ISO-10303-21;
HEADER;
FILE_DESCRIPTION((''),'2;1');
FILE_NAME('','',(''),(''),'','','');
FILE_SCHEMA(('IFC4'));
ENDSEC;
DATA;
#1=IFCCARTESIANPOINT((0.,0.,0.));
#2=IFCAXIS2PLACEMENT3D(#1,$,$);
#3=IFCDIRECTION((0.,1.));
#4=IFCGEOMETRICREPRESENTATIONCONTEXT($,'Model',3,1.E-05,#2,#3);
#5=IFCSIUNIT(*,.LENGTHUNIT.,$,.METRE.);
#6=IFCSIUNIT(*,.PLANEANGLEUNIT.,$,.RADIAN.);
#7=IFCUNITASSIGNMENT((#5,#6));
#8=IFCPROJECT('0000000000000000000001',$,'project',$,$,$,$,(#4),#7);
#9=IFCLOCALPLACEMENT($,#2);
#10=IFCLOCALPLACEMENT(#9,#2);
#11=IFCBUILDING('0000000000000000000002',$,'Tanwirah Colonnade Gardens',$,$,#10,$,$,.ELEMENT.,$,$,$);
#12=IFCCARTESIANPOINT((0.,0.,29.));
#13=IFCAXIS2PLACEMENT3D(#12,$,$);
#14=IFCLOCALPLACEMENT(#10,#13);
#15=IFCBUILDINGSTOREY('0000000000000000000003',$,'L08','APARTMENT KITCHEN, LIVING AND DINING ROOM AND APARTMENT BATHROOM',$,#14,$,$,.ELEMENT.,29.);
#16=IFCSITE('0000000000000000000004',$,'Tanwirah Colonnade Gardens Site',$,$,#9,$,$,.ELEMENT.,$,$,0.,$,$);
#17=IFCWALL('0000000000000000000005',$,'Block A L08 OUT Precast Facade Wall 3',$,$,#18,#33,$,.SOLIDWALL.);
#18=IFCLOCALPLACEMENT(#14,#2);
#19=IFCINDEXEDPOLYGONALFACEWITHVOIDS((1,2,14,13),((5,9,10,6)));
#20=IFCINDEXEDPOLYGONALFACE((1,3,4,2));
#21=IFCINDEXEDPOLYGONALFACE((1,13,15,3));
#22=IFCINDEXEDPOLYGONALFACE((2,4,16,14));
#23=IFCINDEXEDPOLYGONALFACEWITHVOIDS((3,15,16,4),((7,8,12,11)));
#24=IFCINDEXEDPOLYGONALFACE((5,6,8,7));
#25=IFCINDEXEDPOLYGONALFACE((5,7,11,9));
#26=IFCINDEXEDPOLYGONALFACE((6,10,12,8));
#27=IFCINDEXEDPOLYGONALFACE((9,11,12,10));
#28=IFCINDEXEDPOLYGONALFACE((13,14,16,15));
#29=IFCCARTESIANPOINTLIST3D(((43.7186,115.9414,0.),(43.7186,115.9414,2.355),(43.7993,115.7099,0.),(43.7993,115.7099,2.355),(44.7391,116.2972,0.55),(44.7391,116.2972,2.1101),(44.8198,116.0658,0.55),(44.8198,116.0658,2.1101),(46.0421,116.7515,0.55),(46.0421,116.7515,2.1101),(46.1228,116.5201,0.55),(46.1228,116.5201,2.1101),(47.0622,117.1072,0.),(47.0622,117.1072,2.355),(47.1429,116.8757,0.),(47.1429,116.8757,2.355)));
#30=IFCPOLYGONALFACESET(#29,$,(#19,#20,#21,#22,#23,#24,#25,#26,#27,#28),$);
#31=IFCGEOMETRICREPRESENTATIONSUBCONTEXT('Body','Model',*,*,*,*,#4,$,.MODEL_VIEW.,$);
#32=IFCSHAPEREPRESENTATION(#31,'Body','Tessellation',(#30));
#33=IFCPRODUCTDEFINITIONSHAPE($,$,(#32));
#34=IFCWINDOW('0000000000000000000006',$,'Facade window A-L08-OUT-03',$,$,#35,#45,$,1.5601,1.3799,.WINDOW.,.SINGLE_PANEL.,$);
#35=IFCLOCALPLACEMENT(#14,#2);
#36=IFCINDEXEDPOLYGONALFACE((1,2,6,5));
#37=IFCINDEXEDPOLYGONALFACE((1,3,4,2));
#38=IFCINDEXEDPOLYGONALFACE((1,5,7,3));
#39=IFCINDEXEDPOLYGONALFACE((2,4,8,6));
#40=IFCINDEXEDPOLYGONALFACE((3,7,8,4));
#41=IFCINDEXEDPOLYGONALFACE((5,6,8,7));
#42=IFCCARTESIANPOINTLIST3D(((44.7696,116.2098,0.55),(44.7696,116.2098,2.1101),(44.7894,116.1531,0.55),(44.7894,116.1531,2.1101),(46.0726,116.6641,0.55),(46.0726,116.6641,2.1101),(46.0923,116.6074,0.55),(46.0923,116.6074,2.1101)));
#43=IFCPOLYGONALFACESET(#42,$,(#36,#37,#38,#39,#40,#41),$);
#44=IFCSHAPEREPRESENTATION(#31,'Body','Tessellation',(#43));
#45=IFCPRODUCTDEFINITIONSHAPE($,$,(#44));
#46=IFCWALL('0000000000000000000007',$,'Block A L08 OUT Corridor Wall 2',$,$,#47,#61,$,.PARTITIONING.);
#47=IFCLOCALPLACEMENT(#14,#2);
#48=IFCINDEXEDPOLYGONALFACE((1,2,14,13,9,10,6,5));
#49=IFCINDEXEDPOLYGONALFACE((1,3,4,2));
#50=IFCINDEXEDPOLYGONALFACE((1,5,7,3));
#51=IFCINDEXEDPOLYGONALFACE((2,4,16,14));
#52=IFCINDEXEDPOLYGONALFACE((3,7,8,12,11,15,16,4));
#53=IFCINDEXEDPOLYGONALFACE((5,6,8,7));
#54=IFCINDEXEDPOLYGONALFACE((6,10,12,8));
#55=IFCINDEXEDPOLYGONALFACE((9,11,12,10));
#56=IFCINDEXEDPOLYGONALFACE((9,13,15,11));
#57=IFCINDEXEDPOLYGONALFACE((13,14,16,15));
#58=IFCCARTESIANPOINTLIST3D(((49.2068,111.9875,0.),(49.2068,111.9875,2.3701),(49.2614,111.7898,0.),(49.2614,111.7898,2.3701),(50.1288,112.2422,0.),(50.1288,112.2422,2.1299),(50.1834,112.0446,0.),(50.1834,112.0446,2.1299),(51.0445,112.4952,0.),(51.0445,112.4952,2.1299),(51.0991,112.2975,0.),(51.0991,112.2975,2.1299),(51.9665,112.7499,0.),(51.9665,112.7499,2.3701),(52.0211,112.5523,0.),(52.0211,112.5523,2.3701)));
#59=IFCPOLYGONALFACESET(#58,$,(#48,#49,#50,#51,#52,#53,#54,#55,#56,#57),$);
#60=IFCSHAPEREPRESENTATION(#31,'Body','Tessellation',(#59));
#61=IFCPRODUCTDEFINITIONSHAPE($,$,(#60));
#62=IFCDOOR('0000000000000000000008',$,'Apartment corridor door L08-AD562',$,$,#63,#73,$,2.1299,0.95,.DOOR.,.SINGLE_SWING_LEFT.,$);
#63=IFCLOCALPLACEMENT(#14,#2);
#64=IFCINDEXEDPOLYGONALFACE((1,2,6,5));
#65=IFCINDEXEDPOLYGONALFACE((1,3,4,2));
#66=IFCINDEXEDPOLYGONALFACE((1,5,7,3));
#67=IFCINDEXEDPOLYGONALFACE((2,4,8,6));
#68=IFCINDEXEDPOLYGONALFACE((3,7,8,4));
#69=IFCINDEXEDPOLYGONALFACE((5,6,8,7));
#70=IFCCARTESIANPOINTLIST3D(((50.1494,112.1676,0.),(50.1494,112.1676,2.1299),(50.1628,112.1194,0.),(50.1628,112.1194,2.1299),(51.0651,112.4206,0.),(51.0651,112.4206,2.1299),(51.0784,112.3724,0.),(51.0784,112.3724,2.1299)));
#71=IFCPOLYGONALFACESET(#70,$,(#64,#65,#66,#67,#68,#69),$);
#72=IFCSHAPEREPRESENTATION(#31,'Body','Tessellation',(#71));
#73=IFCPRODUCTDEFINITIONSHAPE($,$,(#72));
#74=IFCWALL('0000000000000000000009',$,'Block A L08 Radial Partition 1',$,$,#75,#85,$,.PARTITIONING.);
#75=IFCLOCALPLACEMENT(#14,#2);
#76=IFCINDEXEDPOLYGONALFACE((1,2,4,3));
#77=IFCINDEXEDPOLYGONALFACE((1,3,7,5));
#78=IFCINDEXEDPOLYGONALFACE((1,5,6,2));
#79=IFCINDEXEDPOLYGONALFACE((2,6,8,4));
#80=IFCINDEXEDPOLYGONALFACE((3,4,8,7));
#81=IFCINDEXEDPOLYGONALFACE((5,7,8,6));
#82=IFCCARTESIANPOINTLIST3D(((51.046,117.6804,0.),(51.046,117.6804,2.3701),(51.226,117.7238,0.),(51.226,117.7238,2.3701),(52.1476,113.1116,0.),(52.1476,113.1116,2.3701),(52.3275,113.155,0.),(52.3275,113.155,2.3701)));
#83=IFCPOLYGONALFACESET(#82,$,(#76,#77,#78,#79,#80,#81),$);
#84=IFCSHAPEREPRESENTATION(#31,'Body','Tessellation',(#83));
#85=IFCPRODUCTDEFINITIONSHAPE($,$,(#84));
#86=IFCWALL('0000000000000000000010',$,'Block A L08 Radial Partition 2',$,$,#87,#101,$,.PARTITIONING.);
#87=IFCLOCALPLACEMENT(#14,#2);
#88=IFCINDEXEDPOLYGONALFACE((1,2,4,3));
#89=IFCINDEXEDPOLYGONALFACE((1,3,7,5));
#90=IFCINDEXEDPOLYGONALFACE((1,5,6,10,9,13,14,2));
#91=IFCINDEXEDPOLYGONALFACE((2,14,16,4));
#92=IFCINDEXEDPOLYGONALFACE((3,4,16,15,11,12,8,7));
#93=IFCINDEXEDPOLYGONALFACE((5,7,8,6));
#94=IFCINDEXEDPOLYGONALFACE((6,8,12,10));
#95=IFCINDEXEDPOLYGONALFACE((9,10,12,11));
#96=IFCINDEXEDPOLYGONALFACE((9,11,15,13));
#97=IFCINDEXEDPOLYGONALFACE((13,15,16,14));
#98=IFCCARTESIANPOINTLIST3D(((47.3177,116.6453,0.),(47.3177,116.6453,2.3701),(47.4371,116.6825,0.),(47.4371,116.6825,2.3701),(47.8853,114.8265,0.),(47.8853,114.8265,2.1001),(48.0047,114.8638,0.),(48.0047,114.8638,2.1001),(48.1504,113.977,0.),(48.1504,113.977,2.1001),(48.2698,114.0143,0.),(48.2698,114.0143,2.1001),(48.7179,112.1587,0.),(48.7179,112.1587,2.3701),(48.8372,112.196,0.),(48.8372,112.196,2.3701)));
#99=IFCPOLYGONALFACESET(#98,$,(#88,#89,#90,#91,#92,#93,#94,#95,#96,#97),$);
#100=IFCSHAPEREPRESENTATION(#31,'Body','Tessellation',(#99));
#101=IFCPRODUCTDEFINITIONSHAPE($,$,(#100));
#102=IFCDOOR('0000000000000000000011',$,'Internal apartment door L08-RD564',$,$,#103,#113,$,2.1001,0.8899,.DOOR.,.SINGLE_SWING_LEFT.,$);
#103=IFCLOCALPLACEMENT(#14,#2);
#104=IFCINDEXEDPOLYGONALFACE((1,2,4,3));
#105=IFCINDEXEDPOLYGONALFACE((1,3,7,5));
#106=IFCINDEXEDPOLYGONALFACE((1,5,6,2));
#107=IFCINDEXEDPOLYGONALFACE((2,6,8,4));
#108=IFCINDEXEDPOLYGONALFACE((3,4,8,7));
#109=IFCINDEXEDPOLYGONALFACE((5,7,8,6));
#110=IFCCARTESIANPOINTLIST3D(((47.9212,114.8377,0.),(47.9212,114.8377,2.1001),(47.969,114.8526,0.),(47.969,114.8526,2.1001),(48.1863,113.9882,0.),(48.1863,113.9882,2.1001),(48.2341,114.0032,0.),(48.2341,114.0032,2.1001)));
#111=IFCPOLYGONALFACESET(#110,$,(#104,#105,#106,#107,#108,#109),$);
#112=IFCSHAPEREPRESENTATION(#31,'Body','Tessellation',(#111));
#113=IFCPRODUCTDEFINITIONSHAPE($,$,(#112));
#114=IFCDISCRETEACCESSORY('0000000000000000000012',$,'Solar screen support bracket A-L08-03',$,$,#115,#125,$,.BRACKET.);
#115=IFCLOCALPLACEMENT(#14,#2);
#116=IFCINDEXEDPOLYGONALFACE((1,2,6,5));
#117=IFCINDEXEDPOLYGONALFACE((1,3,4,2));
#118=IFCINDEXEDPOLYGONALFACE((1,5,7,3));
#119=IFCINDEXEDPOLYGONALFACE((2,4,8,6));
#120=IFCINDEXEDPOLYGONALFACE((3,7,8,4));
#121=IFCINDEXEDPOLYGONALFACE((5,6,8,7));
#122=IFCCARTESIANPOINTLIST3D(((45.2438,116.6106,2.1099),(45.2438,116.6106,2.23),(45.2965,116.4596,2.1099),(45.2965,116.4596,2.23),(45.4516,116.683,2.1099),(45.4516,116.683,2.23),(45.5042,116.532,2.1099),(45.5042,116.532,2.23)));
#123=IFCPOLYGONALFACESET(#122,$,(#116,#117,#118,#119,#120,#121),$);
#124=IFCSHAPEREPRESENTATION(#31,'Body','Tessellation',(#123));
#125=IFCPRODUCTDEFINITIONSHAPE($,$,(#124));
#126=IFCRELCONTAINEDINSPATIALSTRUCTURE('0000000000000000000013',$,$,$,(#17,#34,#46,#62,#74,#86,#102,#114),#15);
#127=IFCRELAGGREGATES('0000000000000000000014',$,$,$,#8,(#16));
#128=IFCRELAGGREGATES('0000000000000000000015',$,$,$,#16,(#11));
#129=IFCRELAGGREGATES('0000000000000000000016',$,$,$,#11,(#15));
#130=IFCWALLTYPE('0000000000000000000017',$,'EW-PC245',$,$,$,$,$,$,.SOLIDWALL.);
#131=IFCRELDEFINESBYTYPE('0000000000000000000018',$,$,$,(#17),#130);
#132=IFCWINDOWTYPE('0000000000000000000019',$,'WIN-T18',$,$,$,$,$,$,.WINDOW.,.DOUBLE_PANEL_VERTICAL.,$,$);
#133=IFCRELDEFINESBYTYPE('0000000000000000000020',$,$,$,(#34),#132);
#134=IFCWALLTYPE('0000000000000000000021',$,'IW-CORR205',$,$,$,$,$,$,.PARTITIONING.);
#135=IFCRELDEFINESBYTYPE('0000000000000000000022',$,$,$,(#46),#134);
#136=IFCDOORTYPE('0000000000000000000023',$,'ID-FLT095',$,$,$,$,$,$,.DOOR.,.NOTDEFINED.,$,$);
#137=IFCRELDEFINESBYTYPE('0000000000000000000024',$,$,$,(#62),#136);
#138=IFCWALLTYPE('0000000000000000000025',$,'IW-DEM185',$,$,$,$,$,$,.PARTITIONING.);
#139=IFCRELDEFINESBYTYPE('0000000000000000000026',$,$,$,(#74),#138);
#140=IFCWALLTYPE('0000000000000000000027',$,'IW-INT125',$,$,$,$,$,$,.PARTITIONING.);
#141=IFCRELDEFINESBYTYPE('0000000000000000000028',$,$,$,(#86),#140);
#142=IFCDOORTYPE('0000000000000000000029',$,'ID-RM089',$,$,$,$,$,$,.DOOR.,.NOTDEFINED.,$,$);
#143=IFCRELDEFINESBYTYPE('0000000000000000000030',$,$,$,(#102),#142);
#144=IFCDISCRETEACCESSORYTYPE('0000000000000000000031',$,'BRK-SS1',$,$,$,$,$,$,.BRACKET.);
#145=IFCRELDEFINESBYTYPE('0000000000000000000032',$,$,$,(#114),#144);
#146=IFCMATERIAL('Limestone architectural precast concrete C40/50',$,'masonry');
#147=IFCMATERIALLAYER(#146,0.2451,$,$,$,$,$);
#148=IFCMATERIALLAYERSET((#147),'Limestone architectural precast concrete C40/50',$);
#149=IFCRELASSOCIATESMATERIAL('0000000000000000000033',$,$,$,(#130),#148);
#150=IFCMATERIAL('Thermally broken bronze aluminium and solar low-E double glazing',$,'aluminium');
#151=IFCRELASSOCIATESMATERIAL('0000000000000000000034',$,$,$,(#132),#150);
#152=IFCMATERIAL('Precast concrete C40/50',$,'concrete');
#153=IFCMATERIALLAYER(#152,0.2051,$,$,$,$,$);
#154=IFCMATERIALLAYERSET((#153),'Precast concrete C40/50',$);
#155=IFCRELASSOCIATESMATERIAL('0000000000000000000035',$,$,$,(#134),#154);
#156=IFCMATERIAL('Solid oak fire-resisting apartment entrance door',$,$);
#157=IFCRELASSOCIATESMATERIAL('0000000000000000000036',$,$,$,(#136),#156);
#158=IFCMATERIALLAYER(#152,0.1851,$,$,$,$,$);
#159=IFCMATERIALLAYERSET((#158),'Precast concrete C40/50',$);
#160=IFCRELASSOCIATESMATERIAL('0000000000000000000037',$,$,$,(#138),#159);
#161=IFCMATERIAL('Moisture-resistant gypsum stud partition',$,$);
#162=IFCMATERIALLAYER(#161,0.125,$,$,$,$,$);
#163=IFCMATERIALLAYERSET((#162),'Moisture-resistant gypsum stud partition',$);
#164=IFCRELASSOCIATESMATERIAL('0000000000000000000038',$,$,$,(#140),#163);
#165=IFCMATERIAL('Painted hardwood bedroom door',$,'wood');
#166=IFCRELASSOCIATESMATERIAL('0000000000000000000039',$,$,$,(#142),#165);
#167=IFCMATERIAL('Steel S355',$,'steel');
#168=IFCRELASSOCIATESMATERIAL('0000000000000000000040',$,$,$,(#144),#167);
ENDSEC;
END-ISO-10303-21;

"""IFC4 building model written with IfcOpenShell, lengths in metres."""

from ifc_helpers import new_model, si_unit, direction, frame, frame_2d, origin, origin_2d, place, context, subcontext, project, spatial, rectangle, extrude, material, layer, layer_set, type_object, element, fill, save


model = new_model("IFC4")

# Units and contexts
model_context = context("Model", 3, precision=1e-05, world=origin(), true_north=direction((0.0, 1.0)))
body_context = subcontext(model_context, "Body", "Model", "MODEL_VIEW")
ifc_project = project(units=[si_unit("LENGTHUNIT", "METRE"), si_unit("PLANEANGLEUNIT", "RADIAN")], contexts=[model_context])

# Site, building, storey
site_placement = place(None, origin())
site = spatial("IfcSite", under=ifc_project, at=site_placement, Name="Tanwirah Colonnade Gardens Site", CompositionType="ELEMENT", RefElevation=0.0)
building_placement = place(site_placement, origin())
building = spatial("IfcBuilding", under=site, at=building_placement, Name="Tanwirah Colonnade Gardens", CompositionType="ELEMENT")
storey_placement = place(building_placement, frame((0.0, 0.0, 29.0)))
storey = spatial("IfcBuildingStorey", under=building, at=storey_placement, Name="L08", Description="APARTMENT KITCHEN, LIVING AND DINING ROOM AND APARTMENT BATHROOM", CompositionType="ELEMENT", Elevation=29.0)

# Shared definitions
ifc_material_1 = material(Name="Precast concrete C40/50", Category="concrete")

# Shared definitions
ifc_material_2 = material(Name="Limestone architectural precast concrete C40/50", Category="masonry")
ifc_layer_1 = layer(ifc_material_2, 0.2451)
ifc_layer_set_1 = layer_set([ifc_layer_1], Name="Limestone architectural precast concrete C40/50")
wall_type_1 = type_object("IfcWallType", Name="EW-PC245", PredefinedType="SOLIDWALL", material=ifc_layer_set_1)

# Wall, opening, window
wall_1_placement = place(storey_placement, frame((47.1025, 116.9915, 0.0), z_axis=(0.0, 0.0, 1.0), x_axis=(-0.94425, -0.329229, 0.0)))
wall_1 = element("IfcWall", 1, at=wall_1_placement, inside=storey, type_object=wall_type_1, Name="Block A L08 OUT Precast Facade Wall 3", PredefinedType="SOLIDWALL", context=body_context, shape_type="SweptSolid", body=[
    extrude(rectangle(XDim=3.541, YDim=0.2451, at=frame_2d((1.7705, 0.0))), origin(), (0.0, 0.0, 1.0), 2.355),
])
opening_1_placement = place(wall_1_placement, frame((1.0803, 0.0, 0.55)))
opening_1 = element("IfcOpeningElement", 2, at=opening_1_placement, cuts=wall_1, PredefinedType="OPENING", context=body_context, shape_type="SweptSolid", body=[
    extrude(rectangle(XDim=1.3799, YDim=1.5601, at=frame_2d((0.6899, 0.78))), frame((0.0, 0.1326, 0.0), z_axis=(0.0, -1.0, 0.0), x_axis=(1.0, 0.0, 0.0)), (0.0, 0.0, 1.0), 0.2651),
])
ifc_material_3 = material(Name="Thermally broken bronze aluminium and solar low-E double glazing", Category="aluminium")
window_type = type_object("IfcWindowType", Name="WIN-T18", PartitioningType="DOUBLE_PANEL_VERTICAL", PredefinedType="WINDOW", material=ifc_material_3)
window_placement = place(opening_1_placement, origin())
window = element("IfcWindow", 3, at=window_placement, inside=storey, type_object=window_type, Name="Facade window A-L08-OUT-03", OverallHeight=1.5601, OverallWidth=1.3799, PartitioningType="SINGLE_PANEL", PredefinedType="WINDOW", context=body_context, shape_type="SweptSolid", body=[
    extrude(rectangle(XDim=1.3799, YDim=1.5601, at=frame_2d((0.6899, 0.78))), frame((0.0, 0.03, 0.0), z_axis=(0.0, -1.0, 0.0), x_axis=(1.0, 0.0, 0.0)), (0.0, 0.0, 1.0), 0.0601),
])
fill(opening_1, window)

# Wall, opening, door
ifc_layer_2 = layer(ifc_material_1, 0.2051)
ifc_layer_set_2 = layer_set([ifc_layer_2], Name="Precast concrete C40/50")
wall_type_2 = type_object("IfcWallType", Name="IW-CORR205", PredefinedType="PARTITIONING", material=ifc_layer_set_2)
wall_2_placement = place(storey_placement, frame((51.9939, 112.6511, 0.0), z_axis=(0.0, 0.0, 1.0), x_axis=(-0.963891, -0.266298, 0.0)))
wall_2 = element("IfcWall", 4, at=wall_2_placement, inside=storey, type_object=wall_type_2, Name="Block A L08 OUT Corridor Wall 2", PredefinedType="PARTITIONING", context=body_context, shape_type="SweptSolid", body=[
    extrude(rectangle(XDim=2.863, YDim=0.2051, at=frame_2d((1.4316, 0.0))), origin(), (0.0, 0.0, 1.0), 2.3701),
])
opening_2_placement = place(wall_2_placement, frame((0.9565, 0.0, 0.0)))
opening_2 = element("IfcOpeningElement", 5, at=opening_2_placement, cuts=wall_2, PredefinedType="OPENING", context=body_context, shape_type="SweptSolid", body=[
    extrude(rectangle(XDim=0.95, YDim=2.1299, at=frame_2d((0.4751, 1.0649))), frame((0.0, 0.1125, 0.0), z_axis=(0.0, -1.0, 0.0), x_axis=(1.0, 0.0, 0.0)), (0.0, 0.0, 1.0), 0.2251),
])
ifc_material_4 = material(Name="Solid oak fire-resisting apartment entrance door")
door_type_1 = type_object("IfcDoorType", Name="ID-FLT095", OperationType="NOTDEFINED", PredefinedType="DOOR", material=ifc_material_4)
door_1_placement = place(opening_2_placement, origin())
door_1 = element("IfcDoor", 6, at=door_1_placement, inside=storey, type_object=door_type_1, Name="Apartment corridor door L08-AD562", OperationType="SINGLE_SWING_LEFT", OverallHeight=2.1299, OverallWidth=0.95, PredefinedType="DOOR", context=body_context, shape_type="SweptSolid", body=[
    extrude(rectangle(XDim=0.95, YDim=2.1299, at=frame_2d((0.4751, 1.0649))), frame((0.0, 0.0249, 0.0), z_axis=(0.0, -1.0, 0.0), x_axis=(1.0, 0.0, 0.0)), (0.0, 0.0, 1.0), 0.05),
])
fill(opening_2, door_1)

# Wall
ifc_layer_3 = layer(ifc_material_1, 0.1851)
ifc_layer_set_3 = layer_set([ifc_layer_3], Name="Precast concrete C40/50")
wall_type_3 = type_object("IfcWallType", Name="IW-DEM185", PredefinedType="PARTITIONING", material=ifc_layer_set_3)
wall_3_placement = place(storey_placement, frame((52.2375, 113.1333, 0.0), z_axis=(0.0, 0.0, 1.0), x_axis=(-0.234387, 0.972143, 0.0)))
element("IfcWall", 7, at=wall_3_placement, inside=storey, type_object=wall_type_3, Name="Block A L08 Radial Partition 1", PredefinedType="PARTITIONING", context=body_context, shape_type="SweptSolid", body=[
    extrude(rectangle(XDim=4.6997, YDim=0.1851, at=frame_2d((2.3499, 0.0))), origin(), (0.0, 0.0, 1.0), 2.3701),
])

# Wall, opening, door
ifc_material_5 = material(Name="Moisture-resistant gypsum stud partition")
ifc_layer_4 = layer(ifc_material_5, 0.125)
ifc_layer_set_4 = layer_set([ifc_layer_4], Name="Moisture-resistant gypsum stud partition")
wall_type_4 = type_object("IfcWallType", Name="IW-INT125", PredefinedType="PARTITIONING", material=ifc_layer_set_4)
wall_4_placement = place(storey_placement, frame((48.7776, 112.1772, 0.0), z_axis=(0.0, 0.0, 1.0), x_axis=(-0.297905, 0.954595, 0.0)))
wall_4 = element("IfcWall", 8, at=wall_4_placement, inside=storey, type_object=wall_type_4, Name="Block A L08 Radial Partition 2", PredefinedType="PARTITIONING", context=body_context, shape_type="SweptSolid", body=[
    extrude(rectangle(XDim=4.7, YDim=0.125, at=frame_2d((2.3501, 0.0))), origin(), (0.0, 0.0, 1.0), 2.3701),
])
opening_3_placement = place(wall_4_placement, frame((1.905, 0.0, 0.0)))
opening_3 = element("IfcOpeningElement", 9, at=opening_3_placement, cuts=wall_4, PredefinedType="OPENING", context=body_context, shape_type="SweptSolid", body=[
    extrude(rectangle(XDim=0.8899, YDim=2.1001, at=frame_2d((0.4448, 1.05))), frame((0.0, 0.0725, 0.0), z_axis=(0.0, -1.0, 0.0), x_axis=(1.0, 0.0, 0.0)), (0.0, 0.0, 1.0), 0.145),
])
ifc_material_6 = material(Name="Painted hardwood bedroom door", Category="wood")
door_type_2 = type_object("IfcDoorType", Name="ID-RM089", OperationType="NOTDEFINED", PredefinedType="DOOR", material=ifc_material_6)
door_2_placement = place(opening_3_placement, origin())
door_2 = element("IfcDoor", 10, at=door_2_placement, inside=storey, type_object=door_type_2, Name="Internal apartment door L08-RD564", OperationType="SINGLE_SWING_LEFT", OverallHeight=2.1001, OverallWidth=0.8899, PredefinedType="DOOR", context=body_context, shape_type="SweptSolid", body=[
    extrude(rectangle(XDim=0.8899, YDim=2.1001, at=frame_2d((0.4448, 1.05))), frame((0.0, 0.0249, 0.0), z_axis=(0.0, -1.0, 0.0), x_axis=(1.0, 0.0, 0.0)), (0.0, 0.0, 1.0), 0.05),
])
fill(opening_3, door_2)

# Discrete accessory
ifc_material_7 = material(Name="Steel S355", Category="steel")
discrete_accessory_type = type_object("IfcDiscreteAccessoryType", Name="BRK-SS1", PredefinedType="BRACKET", material=ifc_material_7)
discrete_accessory_placement = place(storey_placement, frame((45.374, 116.5713, 2.1099), z_axis=(0.0, 0.0, 1.0), x_axis=(-0.944249, -0.329232, 0.0)))
element("IfcDiscreteAccessory", 11, at=discrete_accessory_placement, inside=storey, type_object=discrete_accessory_type, Name="Solar screen support bracket A-L08-03", PredefinedType="BRACKET", context=body_context, shape_type="SweptSolid", body=[
    extrude(rectangle(XDim=0.22, YDim=0.1599, at=origin_2d()), origin(), (0.0, 0.0, 1.0), 0.1201),
])

save(model, "model.ifc")
